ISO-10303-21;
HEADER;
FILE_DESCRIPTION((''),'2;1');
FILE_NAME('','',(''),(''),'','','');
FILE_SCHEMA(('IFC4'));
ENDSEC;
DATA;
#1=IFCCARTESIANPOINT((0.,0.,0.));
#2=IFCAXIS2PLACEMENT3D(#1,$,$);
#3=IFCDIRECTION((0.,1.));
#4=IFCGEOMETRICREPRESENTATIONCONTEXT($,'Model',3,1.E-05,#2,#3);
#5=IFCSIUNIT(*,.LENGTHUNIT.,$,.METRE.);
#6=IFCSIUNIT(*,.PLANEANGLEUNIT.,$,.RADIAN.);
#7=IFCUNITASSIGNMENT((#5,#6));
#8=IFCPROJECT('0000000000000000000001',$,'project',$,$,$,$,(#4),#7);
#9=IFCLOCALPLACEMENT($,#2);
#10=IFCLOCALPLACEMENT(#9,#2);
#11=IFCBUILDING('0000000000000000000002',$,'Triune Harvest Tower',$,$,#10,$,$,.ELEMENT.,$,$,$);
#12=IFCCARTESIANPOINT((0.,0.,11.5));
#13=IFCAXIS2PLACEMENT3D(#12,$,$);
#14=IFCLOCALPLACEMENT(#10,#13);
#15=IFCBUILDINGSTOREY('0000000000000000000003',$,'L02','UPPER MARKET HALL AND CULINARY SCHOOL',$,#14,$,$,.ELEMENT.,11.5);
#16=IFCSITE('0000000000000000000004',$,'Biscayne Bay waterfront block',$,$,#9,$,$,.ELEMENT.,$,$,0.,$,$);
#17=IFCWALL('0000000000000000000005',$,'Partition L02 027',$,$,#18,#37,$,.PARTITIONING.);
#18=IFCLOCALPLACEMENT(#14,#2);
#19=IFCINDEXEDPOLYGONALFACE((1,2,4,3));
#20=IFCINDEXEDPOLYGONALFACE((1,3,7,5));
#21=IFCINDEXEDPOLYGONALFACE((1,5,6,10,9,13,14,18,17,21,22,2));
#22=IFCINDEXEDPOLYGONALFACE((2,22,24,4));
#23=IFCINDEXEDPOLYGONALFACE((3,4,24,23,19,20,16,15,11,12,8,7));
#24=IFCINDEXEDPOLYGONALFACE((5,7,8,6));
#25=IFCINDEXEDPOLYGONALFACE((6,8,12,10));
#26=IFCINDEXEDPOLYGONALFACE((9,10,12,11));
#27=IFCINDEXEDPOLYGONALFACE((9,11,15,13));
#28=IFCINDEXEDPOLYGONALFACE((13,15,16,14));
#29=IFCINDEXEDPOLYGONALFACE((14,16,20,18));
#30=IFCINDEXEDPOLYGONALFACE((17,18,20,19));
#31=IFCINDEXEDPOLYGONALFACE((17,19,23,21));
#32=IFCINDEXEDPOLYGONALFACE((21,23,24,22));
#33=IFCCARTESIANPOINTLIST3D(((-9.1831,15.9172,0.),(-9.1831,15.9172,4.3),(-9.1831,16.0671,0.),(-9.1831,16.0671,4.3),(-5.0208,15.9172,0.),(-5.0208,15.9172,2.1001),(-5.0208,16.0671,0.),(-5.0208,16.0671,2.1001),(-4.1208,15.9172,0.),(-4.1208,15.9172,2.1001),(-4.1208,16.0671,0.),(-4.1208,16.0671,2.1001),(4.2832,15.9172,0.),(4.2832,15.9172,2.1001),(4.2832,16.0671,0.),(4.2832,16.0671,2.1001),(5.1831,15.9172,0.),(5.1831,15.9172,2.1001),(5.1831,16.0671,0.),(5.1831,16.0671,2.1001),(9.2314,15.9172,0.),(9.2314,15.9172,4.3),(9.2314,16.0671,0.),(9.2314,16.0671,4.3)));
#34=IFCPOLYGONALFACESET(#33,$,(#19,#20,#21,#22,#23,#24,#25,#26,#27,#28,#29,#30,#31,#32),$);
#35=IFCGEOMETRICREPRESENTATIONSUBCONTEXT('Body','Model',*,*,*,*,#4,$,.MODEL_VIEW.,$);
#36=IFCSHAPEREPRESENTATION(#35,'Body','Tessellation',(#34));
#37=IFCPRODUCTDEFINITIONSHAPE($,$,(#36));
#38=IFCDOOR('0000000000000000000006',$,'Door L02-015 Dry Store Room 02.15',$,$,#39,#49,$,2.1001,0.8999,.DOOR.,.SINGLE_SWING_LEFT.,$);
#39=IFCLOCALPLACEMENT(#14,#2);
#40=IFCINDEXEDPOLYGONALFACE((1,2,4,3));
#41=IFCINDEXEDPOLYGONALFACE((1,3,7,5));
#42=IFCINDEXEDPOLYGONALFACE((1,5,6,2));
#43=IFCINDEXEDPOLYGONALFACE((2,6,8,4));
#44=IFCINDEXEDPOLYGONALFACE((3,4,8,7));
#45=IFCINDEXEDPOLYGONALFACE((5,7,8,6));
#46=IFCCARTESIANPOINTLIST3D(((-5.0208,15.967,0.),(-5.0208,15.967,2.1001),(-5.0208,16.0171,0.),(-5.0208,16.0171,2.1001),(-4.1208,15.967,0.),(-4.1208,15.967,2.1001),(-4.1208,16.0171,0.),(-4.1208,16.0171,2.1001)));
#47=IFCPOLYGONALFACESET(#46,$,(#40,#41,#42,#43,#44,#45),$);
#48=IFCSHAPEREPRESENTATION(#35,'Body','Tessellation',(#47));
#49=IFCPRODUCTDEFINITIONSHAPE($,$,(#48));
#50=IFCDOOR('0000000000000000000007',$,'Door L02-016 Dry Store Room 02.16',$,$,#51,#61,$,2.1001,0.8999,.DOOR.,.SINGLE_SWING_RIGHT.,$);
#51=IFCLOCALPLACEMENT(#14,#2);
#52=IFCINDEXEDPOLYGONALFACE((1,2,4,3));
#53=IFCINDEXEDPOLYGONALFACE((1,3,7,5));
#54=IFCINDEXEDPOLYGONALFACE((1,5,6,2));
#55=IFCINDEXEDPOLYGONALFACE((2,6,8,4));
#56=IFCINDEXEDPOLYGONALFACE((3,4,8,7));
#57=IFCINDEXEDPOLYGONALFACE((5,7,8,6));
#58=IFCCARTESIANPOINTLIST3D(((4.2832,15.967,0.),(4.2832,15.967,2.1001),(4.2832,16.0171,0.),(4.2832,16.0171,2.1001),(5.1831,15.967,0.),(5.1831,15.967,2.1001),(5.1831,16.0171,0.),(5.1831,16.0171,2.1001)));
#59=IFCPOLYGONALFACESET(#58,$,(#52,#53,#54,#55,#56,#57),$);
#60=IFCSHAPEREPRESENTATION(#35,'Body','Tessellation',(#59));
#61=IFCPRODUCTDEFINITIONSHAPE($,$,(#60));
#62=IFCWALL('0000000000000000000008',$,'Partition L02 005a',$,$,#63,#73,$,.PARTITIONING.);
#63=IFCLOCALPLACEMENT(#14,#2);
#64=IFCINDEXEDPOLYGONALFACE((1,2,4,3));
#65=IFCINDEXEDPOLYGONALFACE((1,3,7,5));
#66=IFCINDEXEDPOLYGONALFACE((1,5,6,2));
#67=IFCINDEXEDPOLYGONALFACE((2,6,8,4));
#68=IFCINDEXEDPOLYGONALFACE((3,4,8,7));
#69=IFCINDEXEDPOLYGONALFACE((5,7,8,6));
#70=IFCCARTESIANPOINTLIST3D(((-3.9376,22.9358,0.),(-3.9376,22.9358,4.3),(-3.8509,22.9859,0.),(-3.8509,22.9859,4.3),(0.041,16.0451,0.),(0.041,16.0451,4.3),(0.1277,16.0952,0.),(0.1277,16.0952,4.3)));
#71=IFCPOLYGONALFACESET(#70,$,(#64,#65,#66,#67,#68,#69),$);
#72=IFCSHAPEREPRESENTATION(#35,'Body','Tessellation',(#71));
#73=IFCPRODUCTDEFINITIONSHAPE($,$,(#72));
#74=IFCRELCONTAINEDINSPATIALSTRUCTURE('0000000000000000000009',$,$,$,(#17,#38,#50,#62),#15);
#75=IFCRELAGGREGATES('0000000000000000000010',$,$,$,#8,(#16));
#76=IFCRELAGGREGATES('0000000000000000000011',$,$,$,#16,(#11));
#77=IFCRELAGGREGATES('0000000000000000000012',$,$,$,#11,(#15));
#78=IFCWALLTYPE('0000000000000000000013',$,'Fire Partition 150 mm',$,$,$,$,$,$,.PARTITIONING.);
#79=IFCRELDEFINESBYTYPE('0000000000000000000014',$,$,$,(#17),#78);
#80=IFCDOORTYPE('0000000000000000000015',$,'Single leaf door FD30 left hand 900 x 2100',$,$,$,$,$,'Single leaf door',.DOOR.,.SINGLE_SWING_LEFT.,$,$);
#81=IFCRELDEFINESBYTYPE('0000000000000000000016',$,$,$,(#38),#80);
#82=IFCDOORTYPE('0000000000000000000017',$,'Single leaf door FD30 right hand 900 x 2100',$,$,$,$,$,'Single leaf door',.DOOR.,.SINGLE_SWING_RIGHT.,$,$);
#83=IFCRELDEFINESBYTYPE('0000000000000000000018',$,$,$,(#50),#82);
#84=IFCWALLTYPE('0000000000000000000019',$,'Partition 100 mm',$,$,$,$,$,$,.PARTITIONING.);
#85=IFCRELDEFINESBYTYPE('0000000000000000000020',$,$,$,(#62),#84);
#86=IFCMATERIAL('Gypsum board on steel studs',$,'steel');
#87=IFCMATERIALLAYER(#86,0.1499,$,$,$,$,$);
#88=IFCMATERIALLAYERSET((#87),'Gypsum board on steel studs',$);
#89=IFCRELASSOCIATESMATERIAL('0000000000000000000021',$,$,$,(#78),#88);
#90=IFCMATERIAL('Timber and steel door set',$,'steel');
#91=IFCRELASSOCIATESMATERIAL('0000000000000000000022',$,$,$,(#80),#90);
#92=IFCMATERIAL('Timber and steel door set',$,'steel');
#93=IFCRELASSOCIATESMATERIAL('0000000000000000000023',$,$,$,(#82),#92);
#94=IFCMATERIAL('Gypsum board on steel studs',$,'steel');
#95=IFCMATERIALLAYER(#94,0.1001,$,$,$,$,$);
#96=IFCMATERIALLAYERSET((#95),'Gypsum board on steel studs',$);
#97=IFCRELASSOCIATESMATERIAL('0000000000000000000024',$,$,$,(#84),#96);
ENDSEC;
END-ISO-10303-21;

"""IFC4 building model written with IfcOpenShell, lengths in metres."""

from ifc_helpers import new_model, si_unit, direction, frame, frame_2d, origin, place, context, subcontext, project, spatial, rectangle, extrude, material, layer, layer_set, type_object, element, fill, save


model = new_model("IFC4")

# Units and contexts
model_context = context("Model", 3, precision=1e-05, world=origin(), true_north=direction((0.0, 1.0)))
body_context = subcontext(model_context, "Body", "Model", "MODEL_VIEW")
ifc_project = project(units=[si_unit("LENGTHUNIT", "METRE"), si_unit("PLANEANGLEUNIT", "RADIAN")], contexts=[model_context])

# Site, building, storey
site_placement = place(None, origin())
site = spatial("IfcSite", under=ifc_project, at=site_placement, Name="Biscayne Bay waterfront block", CompositionType="ELEMENT", RefElevation=0.0)
building_placement = place(site_placement, origin())
building = spatial("IfcBuilding", under=site, at=building_placement, Name="Triune Harvest Tower", CompositionType="ELEMENT")
storey_placement = place(building_placement, frame((0.0, 0.0, 11.5)))
storey = spatial("IfcBuildingStorey", under=building, at=storey_placement, Name="L02", Description="UPPER MARKET HALL AND CULINARY SCHOOL", CompositionType="ELEMENT", Elevation=11.5)

# Wall, openings, doors
ifc_material_1 = material(Name="Gypsum board on steel studs", Category="steel")
ifc_layer_1 = layer(ifc_material_1, 0.1499)
ifc_layer_set_1 = layer_set([ifc_layer_1], Name="Gypsum board on steel studs")
wall_type_1 = type_object("IfcWallType", Name="Fire Partition 150 mm", PredefinedType="PARTITIONING", material=ifc_layer_set_1)
wall_1_placement = place(storey_placement, frame((-9.1831, 15.9922, 0.0), z_axis=(0.0, 0.0, 1.0), x_axis=(1.0, 0.0, 0.0)))
wall_1 = element("IfcWall", 1, at=wall_1_placement, inside=storey, type_object=wall_type_1, Name="Partition L02 027", PredefinedType="PARTITIONING", context=body_context, shape_type="SweptSolid", body=[
    extrude(rectangle(XDim=18.4146, YDim=0.1499, at=frame_2d((9.2073, 0.0))), origin(), (0.0, 0.0, 1.0), 4.3),
])
opening_1_placement = place(wall_1_placement, frame((4.1624, 0.0, 0.0)))
opening_1 = element("IfcOpeningElement", 2, at=opening_1_placement, cuts=wall_1, PredefinedType="OPENING", context=body_context, shape_type="SweptSolid", body=[
    extrude(rectangle(XDim=0.8999, YDim=2.1001, at=frame_2d((0.45, 1.05))), frame((0.0, 0.085, 0.0), z_axis=(0.0, -1.0, 0.0), x_axis=(1.0, 0.0, 0.0)), (0.0, 0.0, 1.0), 0.1699),
])
opening_2_placement = place(wall_1_placement, frame((13.4663, 0.0, 0.0)))
opening_2 = element("IfcOpeningElement", 3, at=opening_2_placement, cuts=wall_1, PredefinedType="OPENING", context=body_context, shape_type="SweptSolid", body=[
    extrude(rectangle(XDim=0.8999, YDim=2.1001, at=frame_2d((0.45, 1.05))), frame((0.0, 0.085, 0.0), z_axis=(0.0, -1.0, 0.0), x_axis=(1.0, 0.0, 0.0)), (0.0, 0.0, 1.0), 0.1699),
])
ifc_material_2 = material(Name="Timber and steel door set", Category="steel")
door_type_1 = type_object("IfcDoorType", Name="Single leaf door FD30 left hand 900 x 2100", ElementType="Single leaf door", OperationType="SINGLE_SWING_LEFT", PredefinedType="DOOR", material=ifc_material_2)
door_1_placement = place(opening_1_placement, origin())
door_1 = element("IfcDoor", 4, at=door_1_placement, inside=storey, type_object=door_type_1, Name="Door L02-015 Dry Store Room 02.15", OperationType="SINGLE_SWING_LEFT", OverallHeight=2.1001, OverallWidth=0.8999, PredefinedType="DOOR", context=body_context, shape_type="SweptSolid", body=[
    extrude(rectangle(XDim=0.8999, YDim=2.1001, at=frame_2d((0.45, 1.05))), frame((0.0, 0.0249, 0.0), z_axis=(0.0, -1.0, 0.0), x_axis=(1.0, 0.0, 0.0)), (0.0, 0.0, 1.0), 0.05),
])
fill(opening_1, door_1)
ifc_material_3 = material(Name="Timber and steel door set", Category="steel")
door_type_2 = type_object("IfcDoorType", Name="Single leaf door FD30 right hand 900 x 2100", ElementType="Single leaf door", OperationType="SINGLE_SWING_RIGHT", PredefinedType="DOOR", material=ifc_material_3)
door_2_placement = place(opening_2_placement, origin())
door_2 = element("IfcDoor", 5, at=door_2_placement, inside=storey, type_object=door_type_2, Name="Door L02-016 Dry Store Room 02.16", OperationType="SINGLE_SWING_RIGHT", OverallHeight=2.1001, OverallWidth=0.8999, PredefinedType="DOOR", context=body_context, shape_type="SweptSolid", body=[
    extrude(rectangle(XDim=0.8999, YDim=2.1001, at=frame_2d((0.45, 1.05))), frame((0.0, 0.0249, 0.0), z_axis=(0.0, -1.0, 0.0), x_axis=(1.0, 0.0, 0.0)), (0.0, 0.0, 1.0), 0.05),
])
fill(opening_2, door_2)

# Wall
ifc_material_4 = material(Name="Gypsum board on steel studs", Category="steel")
ifc_layer_2 = layer(ifc_material_4, 0.1001)
ifc_layer_set_2 = layer_set([ifc_layer_2], Name="Gypsum board on steel studs")
wall_type_2 = type_object("IfcWallType", Name="Partition 100 mm", PredefinedType="PARTITIONING", material=ifc_layer_set_2)
wall_2_placement = place(storey_placement, frame((-3.8943, 22.9609, 0.0), z_axis=(0.0, 0.0, 1.0), x_axis=(0.50002, -0.866014, 0.0)))
element("IfcWall", 6, at=wall_2_placement, inside=storey, type_object=wall_type_2, Name="Partition L02 005a", PredefinedType="PARTITIONING", context=body_context, shape_type="SweptSolid", body=[
    extrude(rectangle(XDim=7.9568, YDim=0.1001, at=frame_2d((3.9785, 0.0))), origin(), (0.0, 0.0, 1.0), 4.3),
])

save(model, "model.ifc")
